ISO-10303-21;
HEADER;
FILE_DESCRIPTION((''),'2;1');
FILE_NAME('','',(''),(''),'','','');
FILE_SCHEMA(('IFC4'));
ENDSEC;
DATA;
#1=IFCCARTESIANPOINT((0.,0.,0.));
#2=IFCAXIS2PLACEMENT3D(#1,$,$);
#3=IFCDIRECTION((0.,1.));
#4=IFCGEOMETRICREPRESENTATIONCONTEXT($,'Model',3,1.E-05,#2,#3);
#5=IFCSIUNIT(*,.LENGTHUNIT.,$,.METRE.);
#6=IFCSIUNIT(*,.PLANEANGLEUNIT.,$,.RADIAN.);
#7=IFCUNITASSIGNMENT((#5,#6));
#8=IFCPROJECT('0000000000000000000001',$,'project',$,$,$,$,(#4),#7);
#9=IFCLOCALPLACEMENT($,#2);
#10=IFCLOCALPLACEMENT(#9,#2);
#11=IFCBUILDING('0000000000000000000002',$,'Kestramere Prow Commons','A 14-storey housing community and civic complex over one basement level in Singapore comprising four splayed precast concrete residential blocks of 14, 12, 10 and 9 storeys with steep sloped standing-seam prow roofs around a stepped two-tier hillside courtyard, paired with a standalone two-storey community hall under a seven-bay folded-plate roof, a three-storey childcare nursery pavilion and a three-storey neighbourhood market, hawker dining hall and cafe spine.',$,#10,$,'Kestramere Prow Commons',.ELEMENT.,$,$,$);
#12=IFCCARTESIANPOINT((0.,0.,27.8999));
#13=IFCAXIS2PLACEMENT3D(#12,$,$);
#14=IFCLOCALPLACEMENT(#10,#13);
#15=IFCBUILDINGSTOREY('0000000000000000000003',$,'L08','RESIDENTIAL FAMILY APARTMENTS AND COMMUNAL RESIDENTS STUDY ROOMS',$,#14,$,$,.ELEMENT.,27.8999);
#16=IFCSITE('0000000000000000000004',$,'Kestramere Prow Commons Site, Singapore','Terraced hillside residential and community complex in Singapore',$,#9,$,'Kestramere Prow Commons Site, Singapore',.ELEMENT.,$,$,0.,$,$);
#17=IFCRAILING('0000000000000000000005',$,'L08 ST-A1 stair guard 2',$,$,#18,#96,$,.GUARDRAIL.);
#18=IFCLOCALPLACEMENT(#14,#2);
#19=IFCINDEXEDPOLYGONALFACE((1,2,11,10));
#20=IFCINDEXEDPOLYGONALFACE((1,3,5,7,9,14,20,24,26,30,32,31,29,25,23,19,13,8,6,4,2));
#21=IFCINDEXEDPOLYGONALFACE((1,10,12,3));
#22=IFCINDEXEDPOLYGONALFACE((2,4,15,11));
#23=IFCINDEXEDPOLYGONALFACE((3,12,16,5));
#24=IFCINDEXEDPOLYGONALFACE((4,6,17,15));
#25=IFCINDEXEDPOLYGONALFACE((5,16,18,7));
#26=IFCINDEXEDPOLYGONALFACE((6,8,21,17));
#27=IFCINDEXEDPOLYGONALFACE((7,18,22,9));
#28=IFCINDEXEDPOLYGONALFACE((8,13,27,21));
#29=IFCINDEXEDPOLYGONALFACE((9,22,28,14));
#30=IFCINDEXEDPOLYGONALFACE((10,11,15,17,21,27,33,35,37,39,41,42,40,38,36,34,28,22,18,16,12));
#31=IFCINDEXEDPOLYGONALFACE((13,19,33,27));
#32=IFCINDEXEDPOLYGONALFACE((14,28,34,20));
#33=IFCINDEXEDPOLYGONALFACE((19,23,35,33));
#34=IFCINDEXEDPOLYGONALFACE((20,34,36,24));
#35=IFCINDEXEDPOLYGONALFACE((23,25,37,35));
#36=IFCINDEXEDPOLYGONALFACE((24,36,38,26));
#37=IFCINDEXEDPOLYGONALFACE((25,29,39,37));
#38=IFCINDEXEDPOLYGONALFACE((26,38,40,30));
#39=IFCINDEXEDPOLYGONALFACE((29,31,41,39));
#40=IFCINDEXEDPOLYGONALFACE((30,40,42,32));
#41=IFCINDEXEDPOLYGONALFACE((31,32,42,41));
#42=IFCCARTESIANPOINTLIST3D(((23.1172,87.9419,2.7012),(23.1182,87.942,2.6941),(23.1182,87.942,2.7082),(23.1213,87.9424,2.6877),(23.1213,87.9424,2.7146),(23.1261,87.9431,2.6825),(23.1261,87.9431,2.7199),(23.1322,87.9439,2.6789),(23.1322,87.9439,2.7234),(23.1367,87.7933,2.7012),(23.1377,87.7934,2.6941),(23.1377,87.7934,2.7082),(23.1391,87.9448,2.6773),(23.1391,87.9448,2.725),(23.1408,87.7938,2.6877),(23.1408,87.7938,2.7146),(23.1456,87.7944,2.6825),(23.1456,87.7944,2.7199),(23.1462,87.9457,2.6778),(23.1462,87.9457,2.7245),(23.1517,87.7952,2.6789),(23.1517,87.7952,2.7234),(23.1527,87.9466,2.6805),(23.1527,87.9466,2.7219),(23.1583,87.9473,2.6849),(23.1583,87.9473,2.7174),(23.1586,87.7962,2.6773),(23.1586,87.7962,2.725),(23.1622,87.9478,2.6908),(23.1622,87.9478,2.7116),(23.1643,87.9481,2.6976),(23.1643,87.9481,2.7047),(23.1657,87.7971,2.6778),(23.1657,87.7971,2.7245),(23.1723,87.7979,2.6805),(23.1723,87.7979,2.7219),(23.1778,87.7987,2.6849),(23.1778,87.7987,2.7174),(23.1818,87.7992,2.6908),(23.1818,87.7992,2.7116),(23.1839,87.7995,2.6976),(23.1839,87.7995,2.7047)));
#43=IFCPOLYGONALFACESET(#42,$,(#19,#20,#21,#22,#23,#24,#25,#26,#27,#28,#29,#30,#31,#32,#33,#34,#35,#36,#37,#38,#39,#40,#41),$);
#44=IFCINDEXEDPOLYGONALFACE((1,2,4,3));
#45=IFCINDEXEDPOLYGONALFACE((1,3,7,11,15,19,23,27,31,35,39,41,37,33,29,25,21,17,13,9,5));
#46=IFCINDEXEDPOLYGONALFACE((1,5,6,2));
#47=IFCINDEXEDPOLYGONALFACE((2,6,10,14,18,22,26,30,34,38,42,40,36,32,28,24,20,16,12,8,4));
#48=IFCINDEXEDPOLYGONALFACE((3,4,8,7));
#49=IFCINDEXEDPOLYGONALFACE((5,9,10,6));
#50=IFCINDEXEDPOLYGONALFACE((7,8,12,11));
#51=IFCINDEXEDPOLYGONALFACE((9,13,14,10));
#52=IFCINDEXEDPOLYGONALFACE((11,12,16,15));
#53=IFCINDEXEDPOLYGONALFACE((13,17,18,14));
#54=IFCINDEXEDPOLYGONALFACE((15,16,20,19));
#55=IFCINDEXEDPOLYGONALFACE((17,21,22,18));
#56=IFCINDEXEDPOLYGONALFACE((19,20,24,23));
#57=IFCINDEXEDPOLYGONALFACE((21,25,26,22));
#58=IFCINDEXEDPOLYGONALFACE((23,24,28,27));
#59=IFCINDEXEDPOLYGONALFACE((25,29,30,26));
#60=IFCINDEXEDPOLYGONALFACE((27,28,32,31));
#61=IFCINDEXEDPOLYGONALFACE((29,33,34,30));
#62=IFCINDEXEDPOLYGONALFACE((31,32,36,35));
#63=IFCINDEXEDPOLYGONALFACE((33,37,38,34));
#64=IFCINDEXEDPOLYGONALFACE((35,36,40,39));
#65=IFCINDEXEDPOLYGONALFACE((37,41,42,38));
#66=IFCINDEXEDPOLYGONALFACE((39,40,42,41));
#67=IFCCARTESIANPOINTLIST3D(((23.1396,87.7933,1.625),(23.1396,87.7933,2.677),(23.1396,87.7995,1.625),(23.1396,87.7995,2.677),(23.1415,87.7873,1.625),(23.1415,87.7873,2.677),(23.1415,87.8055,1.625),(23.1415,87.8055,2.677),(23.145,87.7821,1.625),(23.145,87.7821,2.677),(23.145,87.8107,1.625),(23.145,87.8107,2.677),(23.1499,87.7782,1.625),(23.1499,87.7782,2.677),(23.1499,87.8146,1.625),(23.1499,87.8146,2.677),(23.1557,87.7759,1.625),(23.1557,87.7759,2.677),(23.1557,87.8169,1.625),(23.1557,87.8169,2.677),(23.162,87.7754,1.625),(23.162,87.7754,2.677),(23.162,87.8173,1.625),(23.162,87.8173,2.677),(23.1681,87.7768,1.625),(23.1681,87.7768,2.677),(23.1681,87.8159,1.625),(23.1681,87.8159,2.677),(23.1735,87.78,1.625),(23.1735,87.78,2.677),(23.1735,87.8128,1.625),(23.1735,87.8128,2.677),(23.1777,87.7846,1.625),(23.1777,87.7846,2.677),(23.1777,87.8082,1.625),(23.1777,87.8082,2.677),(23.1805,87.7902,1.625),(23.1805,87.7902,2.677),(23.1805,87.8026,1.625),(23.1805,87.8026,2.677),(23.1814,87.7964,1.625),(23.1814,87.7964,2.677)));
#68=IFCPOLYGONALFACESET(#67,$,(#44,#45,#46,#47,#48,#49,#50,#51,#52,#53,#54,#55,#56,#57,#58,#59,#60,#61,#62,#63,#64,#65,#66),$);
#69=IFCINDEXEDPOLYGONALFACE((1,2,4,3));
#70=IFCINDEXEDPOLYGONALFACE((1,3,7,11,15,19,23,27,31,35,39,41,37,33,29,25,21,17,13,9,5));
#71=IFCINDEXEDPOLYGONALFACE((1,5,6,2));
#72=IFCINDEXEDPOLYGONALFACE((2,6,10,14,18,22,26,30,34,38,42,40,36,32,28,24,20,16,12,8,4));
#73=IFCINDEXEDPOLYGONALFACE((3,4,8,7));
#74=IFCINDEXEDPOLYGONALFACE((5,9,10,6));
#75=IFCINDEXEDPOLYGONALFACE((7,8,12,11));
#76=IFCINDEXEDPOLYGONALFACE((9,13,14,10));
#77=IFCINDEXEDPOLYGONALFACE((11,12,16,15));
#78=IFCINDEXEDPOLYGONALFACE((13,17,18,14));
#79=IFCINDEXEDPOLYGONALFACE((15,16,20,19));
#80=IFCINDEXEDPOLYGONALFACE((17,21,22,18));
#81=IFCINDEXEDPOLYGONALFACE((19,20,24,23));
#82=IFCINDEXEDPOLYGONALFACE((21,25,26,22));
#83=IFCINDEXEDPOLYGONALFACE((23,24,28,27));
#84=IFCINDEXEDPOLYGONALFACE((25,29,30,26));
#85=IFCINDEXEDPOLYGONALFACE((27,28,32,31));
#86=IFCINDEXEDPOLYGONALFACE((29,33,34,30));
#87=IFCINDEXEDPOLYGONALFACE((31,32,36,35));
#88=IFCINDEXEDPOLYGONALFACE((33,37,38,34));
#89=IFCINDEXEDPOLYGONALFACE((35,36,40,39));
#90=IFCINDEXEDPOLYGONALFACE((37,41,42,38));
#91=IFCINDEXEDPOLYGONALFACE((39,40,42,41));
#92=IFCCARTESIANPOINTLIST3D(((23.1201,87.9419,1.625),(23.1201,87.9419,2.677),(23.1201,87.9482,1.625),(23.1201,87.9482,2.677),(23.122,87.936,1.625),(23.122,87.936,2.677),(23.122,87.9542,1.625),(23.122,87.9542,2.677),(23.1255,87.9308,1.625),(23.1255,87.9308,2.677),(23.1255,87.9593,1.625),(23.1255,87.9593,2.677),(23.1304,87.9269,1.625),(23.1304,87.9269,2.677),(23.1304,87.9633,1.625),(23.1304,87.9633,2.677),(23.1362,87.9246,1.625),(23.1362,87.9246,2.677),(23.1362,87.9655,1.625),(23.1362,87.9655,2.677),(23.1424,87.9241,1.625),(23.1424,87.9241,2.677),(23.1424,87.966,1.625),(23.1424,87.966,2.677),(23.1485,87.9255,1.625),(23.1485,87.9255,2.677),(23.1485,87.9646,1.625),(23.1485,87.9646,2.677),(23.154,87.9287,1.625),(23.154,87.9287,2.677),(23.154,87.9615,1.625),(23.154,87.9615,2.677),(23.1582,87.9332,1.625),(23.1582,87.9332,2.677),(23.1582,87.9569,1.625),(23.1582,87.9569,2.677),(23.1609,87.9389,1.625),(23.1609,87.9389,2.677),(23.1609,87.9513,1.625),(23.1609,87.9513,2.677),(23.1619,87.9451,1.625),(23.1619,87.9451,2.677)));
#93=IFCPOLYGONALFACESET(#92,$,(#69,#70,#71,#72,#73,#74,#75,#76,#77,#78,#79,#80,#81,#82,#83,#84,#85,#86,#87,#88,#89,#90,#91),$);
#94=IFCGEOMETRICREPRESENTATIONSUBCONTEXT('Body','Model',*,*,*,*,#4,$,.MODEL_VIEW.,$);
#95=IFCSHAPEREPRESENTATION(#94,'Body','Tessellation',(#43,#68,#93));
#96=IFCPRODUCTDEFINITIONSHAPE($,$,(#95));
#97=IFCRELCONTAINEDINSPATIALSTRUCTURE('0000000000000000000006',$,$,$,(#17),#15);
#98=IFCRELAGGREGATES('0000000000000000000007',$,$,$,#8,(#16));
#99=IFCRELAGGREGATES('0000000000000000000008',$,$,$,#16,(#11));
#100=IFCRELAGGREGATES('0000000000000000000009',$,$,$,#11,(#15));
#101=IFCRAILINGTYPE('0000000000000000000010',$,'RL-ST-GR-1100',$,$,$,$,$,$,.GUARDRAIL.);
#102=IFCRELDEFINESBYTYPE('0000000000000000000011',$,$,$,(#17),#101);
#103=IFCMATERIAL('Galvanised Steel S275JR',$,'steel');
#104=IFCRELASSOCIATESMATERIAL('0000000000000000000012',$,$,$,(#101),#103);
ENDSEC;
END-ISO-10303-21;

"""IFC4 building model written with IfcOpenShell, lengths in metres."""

from ifc_helpers import new_model, si_unit, direction, frame, origin, origin_2d, place, context, subcontext, project, spatial, circle, extrude, material, type_object, element, save


model = new_model("IFC4")

# Units and contexts
model_context = context("Model", 3, precision=1e-05, world=origin(), true_north=direction((0.0, 1.0)))
body_context = subcontext(model_context, "Body", "Model", "MODEL_VIEW")
ifc_project = project(units=[si_unit("LENGTHUNIT", "METRE"), si_unit("PLANEANGLEUNIT", "RADIAN")], contexts=[model_context])

# Site, building, storey
site_placement = place(None, origin())
site = spatial("IfcSite", under=ifc_project, at=site_placement, Name="Kestramere Prow Commons Site, Singapore", Description="Terraced hillside residential and community complex in Singapore", LongName="Kestramere Prow Commons Site, Singapore", CompositionType="ELEMENT", RefElevation=0.0)
building_placement = place(site_placement, origin())
building = spatial("IfcBuilding", under=site, at=building_placement, Name="Kestramere Prow Commons", Description="A 14-storey housing community and civic complex over one basement level in Singapore comprising four splayed precast concrete residential blocks of 14, 12, 10 and 9 storeys with steep sloped standing-seam prow roofs around a stepped two-tier hillside courtyard, paired with a standalone two-storey community hall under a seven-bay folded-plate roof, a three-storey childcare nursery pavilion and a three-storey neighbourhood market, hawker dining hall and cafe spine.", LongName="Kestramere Prow Commons", CompositionType="ELEMENT")
storey_placement = place(building_placement, frame((0.0, 0.0, 27.8999)))
storey = spatial("IfcBuildingStorey", under=building, at=storey_placement, Name="L08", Description="RESIDENTIAL FAMILY APARTMENTS AND COMMUNAL RESIDENTS STUDY ROOMS", CompositionType="ELEMENT", Elevation=27.8999)

# Railing
ifc_material_1 = material(Name="Galvanised Steel S275JR", Category="steel")
railing_type_1 = type_object("IfcRailingType", Name="RL-ST-GR-1100", PredefinedType="GUARDRAIL", material=ifc_material_1)
railing_1_placement = place(storey_placement, frame((23.1604, 87.7964, 1.625)))
element("IfcRailing", 1, at=railing_1_placement, inside=storey, type_object=railing_type_1, Name="L08 ST-A1 stair guard 2", PredefinedType="GUARDRAIL", context=body_context, shape_type="SweptSolid", body=[
    extrude(circle(Radius=0.0239, at=origin_2d()), frame((0.0, 0.0, 1.0762), z_axis=(-0.130244, 0.991482, 0.0), x_axis=(-0.991482, -0.130244, 0.0)), (0.0, 0.0, 1.0), 0.1499),
    extrude(circle(Radius=0.021, at=origin_2d()), origin(), (0.0, 0.0, 1.0), 1.052),
    extrude(circle(Radius=0.021, at=origin_2d()), frame((-0.0195, 0.1487, 0.0)), (0.0, 0.0, 1.0), 1.052),
])

save(model, "model.ifc")
